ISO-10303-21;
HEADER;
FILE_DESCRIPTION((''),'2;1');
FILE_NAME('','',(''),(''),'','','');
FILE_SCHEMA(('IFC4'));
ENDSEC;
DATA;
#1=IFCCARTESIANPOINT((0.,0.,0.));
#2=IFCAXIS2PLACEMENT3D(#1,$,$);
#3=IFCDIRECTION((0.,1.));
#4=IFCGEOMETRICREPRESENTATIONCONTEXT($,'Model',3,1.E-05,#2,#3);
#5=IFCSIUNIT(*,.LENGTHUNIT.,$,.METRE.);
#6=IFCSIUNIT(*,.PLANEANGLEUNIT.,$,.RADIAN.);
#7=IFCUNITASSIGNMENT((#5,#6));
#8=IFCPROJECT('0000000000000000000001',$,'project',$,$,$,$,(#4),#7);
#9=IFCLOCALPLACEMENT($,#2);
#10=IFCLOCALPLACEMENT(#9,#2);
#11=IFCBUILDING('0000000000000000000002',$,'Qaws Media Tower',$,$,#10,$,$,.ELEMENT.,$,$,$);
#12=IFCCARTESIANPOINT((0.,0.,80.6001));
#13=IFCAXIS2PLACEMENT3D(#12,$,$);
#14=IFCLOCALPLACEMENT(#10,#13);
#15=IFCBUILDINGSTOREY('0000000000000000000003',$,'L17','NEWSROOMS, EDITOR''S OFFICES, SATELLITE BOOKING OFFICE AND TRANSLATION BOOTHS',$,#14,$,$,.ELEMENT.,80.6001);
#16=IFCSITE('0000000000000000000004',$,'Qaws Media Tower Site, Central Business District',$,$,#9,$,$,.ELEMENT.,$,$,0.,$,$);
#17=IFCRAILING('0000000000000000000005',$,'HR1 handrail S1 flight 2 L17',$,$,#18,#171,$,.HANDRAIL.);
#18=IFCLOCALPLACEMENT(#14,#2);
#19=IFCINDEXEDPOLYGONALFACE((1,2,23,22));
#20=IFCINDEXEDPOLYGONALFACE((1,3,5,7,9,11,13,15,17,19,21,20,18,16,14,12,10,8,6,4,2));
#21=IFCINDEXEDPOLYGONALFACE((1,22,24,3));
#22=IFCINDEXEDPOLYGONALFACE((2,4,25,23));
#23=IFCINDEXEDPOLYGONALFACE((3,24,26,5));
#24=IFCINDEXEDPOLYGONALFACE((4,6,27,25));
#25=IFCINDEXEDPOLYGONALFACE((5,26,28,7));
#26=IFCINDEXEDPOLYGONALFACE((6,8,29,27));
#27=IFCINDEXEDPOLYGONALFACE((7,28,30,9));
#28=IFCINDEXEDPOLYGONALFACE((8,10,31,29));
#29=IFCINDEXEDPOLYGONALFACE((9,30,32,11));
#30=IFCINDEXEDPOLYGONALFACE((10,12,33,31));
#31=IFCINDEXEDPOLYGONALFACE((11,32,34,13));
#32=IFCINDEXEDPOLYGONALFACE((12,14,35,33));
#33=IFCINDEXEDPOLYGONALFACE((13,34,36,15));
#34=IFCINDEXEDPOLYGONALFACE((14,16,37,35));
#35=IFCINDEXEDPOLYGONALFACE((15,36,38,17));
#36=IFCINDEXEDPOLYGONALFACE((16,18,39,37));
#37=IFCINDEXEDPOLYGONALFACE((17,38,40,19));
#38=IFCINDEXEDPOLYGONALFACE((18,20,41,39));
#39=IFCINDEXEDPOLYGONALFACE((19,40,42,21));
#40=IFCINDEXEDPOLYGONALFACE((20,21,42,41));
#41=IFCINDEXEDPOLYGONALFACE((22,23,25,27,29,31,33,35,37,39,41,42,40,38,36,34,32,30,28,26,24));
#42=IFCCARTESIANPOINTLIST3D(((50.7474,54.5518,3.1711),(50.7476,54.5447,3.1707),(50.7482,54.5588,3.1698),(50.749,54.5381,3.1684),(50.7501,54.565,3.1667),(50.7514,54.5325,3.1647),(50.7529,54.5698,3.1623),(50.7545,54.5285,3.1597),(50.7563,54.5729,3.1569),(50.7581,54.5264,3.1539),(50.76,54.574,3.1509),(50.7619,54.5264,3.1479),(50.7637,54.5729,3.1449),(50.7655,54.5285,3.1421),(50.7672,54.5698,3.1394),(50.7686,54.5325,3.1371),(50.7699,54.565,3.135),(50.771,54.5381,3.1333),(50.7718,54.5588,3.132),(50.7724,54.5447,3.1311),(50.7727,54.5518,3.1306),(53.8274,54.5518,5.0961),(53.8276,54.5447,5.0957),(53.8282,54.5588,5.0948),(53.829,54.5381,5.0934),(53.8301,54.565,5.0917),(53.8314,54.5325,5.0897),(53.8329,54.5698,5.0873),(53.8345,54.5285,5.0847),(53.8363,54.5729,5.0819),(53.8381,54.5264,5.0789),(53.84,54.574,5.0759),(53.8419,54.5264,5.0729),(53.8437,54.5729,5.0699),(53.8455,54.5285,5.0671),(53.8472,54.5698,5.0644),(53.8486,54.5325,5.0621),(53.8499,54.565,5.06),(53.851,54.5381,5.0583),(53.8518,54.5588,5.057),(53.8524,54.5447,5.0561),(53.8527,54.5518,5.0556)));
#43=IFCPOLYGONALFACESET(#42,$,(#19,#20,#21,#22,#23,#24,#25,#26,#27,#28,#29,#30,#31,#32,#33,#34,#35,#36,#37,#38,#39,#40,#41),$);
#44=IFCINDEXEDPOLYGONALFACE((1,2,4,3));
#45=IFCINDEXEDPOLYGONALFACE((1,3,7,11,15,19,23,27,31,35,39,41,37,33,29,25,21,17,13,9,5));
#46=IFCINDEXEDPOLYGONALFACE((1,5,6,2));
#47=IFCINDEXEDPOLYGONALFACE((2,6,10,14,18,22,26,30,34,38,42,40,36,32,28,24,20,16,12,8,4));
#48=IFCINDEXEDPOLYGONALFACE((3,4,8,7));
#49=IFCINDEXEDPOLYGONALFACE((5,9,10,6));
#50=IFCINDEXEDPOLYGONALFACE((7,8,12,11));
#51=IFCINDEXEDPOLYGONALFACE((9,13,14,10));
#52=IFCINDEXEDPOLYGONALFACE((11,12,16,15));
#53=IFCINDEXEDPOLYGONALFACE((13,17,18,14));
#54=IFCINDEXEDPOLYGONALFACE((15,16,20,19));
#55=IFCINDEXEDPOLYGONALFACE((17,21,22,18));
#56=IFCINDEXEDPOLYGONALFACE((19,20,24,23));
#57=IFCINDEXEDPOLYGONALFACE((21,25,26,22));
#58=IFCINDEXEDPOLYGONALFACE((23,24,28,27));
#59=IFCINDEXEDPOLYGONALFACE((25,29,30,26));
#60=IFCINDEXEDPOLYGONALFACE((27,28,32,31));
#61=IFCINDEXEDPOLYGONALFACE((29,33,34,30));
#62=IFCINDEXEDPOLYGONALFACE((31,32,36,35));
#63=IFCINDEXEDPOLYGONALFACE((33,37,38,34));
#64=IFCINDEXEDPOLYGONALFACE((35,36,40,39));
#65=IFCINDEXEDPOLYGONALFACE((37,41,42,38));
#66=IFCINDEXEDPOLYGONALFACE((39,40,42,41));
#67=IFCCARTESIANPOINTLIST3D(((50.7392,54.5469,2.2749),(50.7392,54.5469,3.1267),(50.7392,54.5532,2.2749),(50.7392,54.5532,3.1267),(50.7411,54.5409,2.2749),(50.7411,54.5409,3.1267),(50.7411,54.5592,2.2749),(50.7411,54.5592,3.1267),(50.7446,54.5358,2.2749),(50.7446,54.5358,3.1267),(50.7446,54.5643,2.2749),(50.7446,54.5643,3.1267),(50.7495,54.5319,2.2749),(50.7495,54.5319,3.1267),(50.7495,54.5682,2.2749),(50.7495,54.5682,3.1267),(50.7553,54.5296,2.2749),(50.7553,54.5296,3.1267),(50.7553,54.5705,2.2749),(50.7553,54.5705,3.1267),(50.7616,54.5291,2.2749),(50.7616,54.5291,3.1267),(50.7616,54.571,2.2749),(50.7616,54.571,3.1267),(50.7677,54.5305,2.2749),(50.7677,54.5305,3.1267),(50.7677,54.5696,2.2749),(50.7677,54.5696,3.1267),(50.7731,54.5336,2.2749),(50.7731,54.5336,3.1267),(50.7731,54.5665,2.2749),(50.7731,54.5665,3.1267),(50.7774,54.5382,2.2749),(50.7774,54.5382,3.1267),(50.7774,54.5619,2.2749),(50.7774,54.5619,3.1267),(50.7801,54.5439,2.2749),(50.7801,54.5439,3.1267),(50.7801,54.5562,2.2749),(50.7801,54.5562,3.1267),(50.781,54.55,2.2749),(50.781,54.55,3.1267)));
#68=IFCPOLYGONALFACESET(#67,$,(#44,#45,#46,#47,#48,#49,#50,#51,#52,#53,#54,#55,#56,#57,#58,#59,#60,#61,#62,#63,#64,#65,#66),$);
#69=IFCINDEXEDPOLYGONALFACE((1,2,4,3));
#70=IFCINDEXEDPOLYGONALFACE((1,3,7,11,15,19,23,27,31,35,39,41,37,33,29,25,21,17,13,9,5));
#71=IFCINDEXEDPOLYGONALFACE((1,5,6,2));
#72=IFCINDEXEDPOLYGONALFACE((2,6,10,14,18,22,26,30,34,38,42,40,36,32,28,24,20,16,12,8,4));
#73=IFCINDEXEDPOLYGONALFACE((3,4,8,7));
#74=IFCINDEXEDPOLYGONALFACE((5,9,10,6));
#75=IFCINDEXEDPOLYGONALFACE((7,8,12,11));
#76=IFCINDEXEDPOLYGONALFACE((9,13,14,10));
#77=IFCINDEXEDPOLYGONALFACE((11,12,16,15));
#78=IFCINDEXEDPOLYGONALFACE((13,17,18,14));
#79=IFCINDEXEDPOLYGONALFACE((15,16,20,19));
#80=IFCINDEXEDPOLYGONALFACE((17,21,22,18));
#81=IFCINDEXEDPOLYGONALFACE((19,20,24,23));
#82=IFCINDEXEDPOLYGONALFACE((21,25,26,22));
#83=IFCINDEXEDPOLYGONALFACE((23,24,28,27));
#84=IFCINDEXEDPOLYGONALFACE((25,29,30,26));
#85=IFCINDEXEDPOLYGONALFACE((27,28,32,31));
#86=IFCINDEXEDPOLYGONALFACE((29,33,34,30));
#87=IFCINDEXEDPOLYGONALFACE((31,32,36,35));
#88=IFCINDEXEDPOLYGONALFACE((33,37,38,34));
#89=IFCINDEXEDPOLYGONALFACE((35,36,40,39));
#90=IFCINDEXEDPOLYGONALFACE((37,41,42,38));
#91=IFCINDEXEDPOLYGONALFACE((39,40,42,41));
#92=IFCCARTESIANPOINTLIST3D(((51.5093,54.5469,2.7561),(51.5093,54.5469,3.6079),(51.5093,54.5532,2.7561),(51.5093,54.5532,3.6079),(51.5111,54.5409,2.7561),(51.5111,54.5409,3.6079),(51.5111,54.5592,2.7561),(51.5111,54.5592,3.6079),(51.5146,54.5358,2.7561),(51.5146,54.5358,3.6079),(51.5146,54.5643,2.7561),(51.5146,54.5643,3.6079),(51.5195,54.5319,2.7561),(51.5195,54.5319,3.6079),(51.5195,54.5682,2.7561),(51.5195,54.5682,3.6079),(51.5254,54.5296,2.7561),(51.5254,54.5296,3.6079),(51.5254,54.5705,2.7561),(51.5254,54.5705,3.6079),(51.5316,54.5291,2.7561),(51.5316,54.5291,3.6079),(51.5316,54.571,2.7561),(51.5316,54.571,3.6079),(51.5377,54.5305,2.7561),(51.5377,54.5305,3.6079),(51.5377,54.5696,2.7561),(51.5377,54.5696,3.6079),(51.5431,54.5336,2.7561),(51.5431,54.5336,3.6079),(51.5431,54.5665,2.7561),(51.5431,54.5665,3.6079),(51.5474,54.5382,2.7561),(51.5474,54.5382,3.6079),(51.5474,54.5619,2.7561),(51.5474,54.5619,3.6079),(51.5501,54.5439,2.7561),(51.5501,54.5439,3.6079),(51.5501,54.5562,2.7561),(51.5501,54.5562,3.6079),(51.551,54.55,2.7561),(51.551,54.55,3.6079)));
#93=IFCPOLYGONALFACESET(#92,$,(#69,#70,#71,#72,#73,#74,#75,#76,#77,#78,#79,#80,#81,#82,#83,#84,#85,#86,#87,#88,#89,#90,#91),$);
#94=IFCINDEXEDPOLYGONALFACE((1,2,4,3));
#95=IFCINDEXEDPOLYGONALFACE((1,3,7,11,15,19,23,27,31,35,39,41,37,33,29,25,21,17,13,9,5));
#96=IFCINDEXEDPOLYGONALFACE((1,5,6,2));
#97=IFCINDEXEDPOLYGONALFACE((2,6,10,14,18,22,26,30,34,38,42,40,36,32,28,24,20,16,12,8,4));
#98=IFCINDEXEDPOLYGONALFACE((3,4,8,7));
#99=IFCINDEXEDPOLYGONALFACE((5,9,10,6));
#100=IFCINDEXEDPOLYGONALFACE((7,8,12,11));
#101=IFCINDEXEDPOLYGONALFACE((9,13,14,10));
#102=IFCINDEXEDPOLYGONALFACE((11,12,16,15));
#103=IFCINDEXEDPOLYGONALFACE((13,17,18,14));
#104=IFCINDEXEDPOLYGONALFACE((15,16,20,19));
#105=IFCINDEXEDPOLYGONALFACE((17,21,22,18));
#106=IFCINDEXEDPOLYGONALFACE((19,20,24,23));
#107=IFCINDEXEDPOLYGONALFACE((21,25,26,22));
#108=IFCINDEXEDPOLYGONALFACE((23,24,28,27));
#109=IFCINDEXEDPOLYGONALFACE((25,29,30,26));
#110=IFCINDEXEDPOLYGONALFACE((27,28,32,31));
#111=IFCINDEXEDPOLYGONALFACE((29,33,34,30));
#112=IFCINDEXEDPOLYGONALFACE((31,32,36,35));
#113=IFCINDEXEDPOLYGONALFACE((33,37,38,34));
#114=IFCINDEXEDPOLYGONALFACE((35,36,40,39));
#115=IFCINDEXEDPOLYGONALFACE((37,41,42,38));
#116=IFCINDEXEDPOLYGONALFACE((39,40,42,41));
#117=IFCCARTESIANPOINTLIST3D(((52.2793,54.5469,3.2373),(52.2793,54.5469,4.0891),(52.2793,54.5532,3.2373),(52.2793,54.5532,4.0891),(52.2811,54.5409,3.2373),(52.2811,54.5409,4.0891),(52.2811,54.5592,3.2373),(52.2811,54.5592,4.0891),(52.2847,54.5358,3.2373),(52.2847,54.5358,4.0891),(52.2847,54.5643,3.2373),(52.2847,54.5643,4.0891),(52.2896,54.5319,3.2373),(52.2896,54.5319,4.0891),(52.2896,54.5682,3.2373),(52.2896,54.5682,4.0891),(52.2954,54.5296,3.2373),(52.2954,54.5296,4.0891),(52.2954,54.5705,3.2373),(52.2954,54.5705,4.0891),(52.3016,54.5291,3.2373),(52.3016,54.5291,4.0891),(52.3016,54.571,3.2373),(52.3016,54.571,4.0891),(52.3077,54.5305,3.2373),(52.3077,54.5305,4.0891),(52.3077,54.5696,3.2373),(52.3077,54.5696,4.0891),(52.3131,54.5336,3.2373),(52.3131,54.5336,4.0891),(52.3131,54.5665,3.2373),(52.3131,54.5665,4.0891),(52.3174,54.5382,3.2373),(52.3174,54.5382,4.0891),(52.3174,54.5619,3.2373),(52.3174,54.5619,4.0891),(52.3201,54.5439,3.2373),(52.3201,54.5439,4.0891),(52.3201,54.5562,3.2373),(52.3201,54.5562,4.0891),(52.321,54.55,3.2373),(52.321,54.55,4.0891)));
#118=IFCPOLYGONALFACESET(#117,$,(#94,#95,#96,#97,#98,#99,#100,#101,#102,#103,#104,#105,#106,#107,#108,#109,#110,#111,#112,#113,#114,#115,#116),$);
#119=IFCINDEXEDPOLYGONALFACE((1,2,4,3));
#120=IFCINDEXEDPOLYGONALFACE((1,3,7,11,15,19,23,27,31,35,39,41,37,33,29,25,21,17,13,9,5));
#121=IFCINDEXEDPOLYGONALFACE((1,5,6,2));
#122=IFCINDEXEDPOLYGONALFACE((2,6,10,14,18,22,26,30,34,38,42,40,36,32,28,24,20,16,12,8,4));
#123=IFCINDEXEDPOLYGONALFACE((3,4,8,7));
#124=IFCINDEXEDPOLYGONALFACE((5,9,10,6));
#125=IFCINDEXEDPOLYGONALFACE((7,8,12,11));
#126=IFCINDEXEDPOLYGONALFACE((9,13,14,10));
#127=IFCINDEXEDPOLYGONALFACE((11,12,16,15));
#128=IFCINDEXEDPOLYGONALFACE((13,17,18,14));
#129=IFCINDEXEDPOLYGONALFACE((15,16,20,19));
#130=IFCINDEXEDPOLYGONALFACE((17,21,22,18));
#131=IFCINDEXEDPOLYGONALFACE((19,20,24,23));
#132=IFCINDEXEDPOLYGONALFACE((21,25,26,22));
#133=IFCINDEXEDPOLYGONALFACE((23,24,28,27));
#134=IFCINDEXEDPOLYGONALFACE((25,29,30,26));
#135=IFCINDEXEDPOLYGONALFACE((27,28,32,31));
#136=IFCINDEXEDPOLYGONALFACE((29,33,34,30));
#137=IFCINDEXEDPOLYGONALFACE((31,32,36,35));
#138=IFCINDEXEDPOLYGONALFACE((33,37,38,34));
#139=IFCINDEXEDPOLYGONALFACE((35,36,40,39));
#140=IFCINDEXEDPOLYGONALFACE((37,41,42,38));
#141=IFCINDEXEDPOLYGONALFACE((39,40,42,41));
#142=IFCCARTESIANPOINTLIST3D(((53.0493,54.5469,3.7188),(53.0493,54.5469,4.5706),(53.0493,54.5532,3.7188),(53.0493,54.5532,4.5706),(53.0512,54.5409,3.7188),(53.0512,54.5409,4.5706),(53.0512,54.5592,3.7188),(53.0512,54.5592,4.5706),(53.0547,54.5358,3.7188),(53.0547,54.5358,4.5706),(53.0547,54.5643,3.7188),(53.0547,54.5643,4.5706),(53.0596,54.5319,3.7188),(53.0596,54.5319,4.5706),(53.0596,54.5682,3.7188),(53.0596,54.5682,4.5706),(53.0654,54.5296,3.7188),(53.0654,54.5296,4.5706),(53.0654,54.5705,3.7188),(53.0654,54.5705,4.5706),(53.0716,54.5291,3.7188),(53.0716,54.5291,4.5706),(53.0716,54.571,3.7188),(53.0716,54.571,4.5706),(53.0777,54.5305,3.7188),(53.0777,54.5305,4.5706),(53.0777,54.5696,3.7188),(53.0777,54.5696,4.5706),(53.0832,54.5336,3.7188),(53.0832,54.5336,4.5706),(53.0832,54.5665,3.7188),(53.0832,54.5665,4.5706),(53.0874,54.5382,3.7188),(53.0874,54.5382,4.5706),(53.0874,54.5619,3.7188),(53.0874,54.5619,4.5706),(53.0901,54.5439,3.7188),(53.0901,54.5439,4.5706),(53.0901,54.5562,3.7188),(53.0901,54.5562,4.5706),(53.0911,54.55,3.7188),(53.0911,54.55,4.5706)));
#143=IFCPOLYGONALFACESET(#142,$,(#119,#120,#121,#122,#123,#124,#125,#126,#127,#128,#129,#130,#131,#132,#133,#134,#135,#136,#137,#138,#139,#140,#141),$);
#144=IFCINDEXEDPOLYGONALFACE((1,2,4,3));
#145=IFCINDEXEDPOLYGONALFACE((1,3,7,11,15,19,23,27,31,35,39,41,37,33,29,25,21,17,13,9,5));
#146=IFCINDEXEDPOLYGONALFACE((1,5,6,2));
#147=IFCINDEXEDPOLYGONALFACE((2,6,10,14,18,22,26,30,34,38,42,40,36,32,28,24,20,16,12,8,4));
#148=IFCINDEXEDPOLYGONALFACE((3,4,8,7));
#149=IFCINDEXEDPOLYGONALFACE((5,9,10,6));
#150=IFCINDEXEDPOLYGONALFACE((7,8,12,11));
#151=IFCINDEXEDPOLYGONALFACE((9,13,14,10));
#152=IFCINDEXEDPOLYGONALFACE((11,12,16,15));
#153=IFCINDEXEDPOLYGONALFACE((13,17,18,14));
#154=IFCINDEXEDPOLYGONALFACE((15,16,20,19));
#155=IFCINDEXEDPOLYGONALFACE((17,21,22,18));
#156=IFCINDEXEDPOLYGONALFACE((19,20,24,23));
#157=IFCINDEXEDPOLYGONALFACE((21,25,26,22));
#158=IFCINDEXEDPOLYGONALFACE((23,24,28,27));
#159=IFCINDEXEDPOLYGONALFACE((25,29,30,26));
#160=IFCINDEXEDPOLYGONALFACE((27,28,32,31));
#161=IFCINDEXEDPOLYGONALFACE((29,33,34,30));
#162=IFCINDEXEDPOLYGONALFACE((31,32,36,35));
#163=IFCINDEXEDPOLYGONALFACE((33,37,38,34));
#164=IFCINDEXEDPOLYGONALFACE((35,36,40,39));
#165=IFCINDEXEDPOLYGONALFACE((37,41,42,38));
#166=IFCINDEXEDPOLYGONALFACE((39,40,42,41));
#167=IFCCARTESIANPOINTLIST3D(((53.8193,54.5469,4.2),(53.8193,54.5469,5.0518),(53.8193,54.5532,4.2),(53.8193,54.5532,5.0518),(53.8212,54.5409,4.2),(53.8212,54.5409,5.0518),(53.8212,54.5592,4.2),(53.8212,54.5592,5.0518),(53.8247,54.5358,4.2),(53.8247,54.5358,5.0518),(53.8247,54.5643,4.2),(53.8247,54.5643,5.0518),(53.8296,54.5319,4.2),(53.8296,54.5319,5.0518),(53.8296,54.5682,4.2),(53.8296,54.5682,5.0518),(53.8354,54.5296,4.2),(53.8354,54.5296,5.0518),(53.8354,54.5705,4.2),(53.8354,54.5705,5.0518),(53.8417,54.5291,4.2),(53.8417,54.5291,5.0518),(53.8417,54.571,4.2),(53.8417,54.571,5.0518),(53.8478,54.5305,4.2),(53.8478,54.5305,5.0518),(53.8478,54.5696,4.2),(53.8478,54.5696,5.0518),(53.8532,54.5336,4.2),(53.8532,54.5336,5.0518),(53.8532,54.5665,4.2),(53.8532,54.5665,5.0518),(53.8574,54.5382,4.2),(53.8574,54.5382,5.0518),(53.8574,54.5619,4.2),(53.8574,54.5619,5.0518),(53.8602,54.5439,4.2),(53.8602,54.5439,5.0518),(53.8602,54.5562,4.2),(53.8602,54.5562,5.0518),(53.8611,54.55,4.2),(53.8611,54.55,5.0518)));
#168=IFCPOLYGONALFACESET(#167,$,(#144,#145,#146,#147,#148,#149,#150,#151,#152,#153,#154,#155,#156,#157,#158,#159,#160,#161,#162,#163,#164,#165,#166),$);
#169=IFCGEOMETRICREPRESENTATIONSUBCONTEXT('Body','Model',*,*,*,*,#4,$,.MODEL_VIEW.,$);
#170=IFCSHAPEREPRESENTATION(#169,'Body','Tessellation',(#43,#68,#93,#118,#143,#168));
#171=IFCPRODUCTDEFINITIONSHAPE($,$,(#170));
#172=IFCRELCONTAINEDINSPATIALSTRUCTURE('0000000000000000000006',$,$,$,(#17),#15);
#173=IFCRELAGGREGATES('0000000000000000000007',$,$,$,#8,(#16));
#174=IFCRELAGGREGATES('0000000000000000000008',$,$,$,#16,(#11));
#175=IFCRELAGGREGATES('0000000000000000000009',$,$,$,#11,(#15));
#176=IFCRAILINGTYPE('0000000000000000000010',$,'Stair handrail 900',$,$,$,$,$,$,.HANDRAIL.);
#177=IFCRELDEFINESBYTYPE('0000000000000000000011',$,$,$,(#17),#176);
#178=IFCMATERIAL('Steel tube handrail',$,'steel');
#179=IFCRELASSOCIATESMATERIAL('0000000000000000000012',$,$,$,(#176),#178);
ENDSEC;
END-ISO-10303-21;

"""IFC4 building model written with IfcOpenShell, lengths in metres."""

from ifc_helpers import new_model, si_unit, direction, frame, origin, origin_2d, place, context, subcontext, project, spatial, circle, extrude, material, type_object, element, save


model = new_model("IFC4")

# Units and contexts
model_context = context("Model", 3, precision=1e-05, world=origin(), true_north=direction((0.0, 1.0)))
body_context = subcontext(model_context, "Body", "Model", "MODEL_VIEW")
ifc_project = project(units=[si_unit("LENGTHUNIT", "METRE"), si_unit("PLANEANGLEUNIT", "RADIAN")], contexts=[model_context])

# Site, building, storey
site_placement = place(None, origin())
site = spatial("IfcSite", under=ifc_project, at=site_placement, Name="Qaws Media Tower Site, Central Business District", CompositionType="ELEMENT", RefElevation=0.0)
building_placement = place(site_placement, origin())
building = spatial("IfcBuilding", under=site, at=building_placement, Name="Qaws Media Tower", CompositionType="ELEMENT")
storey_placement = place(building_placement, frame((0.0, 0.0, 80.6001)))
storey = spatial("IfcBuildingStorey", under=building, at=storey_placement, Name="L17", Description="NEWSROOMS, EDITOR'S OFFICES, SATELLITE BOOKING OFFICE AND TRANSLATION BOOTHS", CompositionType="ELEMENT", Elevation=80.6001)

# Railing
ifc_material_1 = material(Name="Steel tube handrail", Category="steel")
railing_type = type_object("IfcRailingType", Name="Stair handrail 900", PredefinedType="HANDRAIL", material=ifc_material_1)
for number, where, name in (
    (1, (50.76, 54.55, 2.2749), "HR1 handrail S1 flight 2 L17"),
):
    element("IfcRailing", number, at=place(storey_placement, frame(where)), inside=storey, type_object=railing_type, Name=name, PredefinedType="HANDRAIL", context=body_context, shape_type="SweptSolid", body=[
        extrude(circle(Radius=0.0239, at=origin_2d()), frame((0.0, 0.0, 0.876), z_axis=(0.847998, 0.0, 0.529999), x_axis=(0.0, 1.0, 0.0)), (0.0, 0.0, 1.0), 3.6321),
        extrude(circle(Radius=0.021, at=origin_2d()), origin(), (0.0, 0.0, 1.0), 0.8518),
        extrude(circle(Radius=0.021, at=origin_2d()), frame((0.77, 0.0, 0.4812)), (0.0, 0.0, 1.0), 0.8518),
        extrude(circle(Radius=0.021, at=origin_2d()), frame((1.54, 0.0, 0.9624)), (0.0, 0.0, 1.0), 0.8518),
        extrude(circle(Radius=0.021, at=origin_2d()), frame((2.3101, 0.0, 1.4438)), (0.0, 0.0, 1.0), 0.8518),
        extrude(circle(Radius=0.021, at=origin_2d()), frame((3.0801, 0.0, 1.925)), (0.0, 0.0, 1.0), 0.8518),
    ])

save(model, "model.ifc")
